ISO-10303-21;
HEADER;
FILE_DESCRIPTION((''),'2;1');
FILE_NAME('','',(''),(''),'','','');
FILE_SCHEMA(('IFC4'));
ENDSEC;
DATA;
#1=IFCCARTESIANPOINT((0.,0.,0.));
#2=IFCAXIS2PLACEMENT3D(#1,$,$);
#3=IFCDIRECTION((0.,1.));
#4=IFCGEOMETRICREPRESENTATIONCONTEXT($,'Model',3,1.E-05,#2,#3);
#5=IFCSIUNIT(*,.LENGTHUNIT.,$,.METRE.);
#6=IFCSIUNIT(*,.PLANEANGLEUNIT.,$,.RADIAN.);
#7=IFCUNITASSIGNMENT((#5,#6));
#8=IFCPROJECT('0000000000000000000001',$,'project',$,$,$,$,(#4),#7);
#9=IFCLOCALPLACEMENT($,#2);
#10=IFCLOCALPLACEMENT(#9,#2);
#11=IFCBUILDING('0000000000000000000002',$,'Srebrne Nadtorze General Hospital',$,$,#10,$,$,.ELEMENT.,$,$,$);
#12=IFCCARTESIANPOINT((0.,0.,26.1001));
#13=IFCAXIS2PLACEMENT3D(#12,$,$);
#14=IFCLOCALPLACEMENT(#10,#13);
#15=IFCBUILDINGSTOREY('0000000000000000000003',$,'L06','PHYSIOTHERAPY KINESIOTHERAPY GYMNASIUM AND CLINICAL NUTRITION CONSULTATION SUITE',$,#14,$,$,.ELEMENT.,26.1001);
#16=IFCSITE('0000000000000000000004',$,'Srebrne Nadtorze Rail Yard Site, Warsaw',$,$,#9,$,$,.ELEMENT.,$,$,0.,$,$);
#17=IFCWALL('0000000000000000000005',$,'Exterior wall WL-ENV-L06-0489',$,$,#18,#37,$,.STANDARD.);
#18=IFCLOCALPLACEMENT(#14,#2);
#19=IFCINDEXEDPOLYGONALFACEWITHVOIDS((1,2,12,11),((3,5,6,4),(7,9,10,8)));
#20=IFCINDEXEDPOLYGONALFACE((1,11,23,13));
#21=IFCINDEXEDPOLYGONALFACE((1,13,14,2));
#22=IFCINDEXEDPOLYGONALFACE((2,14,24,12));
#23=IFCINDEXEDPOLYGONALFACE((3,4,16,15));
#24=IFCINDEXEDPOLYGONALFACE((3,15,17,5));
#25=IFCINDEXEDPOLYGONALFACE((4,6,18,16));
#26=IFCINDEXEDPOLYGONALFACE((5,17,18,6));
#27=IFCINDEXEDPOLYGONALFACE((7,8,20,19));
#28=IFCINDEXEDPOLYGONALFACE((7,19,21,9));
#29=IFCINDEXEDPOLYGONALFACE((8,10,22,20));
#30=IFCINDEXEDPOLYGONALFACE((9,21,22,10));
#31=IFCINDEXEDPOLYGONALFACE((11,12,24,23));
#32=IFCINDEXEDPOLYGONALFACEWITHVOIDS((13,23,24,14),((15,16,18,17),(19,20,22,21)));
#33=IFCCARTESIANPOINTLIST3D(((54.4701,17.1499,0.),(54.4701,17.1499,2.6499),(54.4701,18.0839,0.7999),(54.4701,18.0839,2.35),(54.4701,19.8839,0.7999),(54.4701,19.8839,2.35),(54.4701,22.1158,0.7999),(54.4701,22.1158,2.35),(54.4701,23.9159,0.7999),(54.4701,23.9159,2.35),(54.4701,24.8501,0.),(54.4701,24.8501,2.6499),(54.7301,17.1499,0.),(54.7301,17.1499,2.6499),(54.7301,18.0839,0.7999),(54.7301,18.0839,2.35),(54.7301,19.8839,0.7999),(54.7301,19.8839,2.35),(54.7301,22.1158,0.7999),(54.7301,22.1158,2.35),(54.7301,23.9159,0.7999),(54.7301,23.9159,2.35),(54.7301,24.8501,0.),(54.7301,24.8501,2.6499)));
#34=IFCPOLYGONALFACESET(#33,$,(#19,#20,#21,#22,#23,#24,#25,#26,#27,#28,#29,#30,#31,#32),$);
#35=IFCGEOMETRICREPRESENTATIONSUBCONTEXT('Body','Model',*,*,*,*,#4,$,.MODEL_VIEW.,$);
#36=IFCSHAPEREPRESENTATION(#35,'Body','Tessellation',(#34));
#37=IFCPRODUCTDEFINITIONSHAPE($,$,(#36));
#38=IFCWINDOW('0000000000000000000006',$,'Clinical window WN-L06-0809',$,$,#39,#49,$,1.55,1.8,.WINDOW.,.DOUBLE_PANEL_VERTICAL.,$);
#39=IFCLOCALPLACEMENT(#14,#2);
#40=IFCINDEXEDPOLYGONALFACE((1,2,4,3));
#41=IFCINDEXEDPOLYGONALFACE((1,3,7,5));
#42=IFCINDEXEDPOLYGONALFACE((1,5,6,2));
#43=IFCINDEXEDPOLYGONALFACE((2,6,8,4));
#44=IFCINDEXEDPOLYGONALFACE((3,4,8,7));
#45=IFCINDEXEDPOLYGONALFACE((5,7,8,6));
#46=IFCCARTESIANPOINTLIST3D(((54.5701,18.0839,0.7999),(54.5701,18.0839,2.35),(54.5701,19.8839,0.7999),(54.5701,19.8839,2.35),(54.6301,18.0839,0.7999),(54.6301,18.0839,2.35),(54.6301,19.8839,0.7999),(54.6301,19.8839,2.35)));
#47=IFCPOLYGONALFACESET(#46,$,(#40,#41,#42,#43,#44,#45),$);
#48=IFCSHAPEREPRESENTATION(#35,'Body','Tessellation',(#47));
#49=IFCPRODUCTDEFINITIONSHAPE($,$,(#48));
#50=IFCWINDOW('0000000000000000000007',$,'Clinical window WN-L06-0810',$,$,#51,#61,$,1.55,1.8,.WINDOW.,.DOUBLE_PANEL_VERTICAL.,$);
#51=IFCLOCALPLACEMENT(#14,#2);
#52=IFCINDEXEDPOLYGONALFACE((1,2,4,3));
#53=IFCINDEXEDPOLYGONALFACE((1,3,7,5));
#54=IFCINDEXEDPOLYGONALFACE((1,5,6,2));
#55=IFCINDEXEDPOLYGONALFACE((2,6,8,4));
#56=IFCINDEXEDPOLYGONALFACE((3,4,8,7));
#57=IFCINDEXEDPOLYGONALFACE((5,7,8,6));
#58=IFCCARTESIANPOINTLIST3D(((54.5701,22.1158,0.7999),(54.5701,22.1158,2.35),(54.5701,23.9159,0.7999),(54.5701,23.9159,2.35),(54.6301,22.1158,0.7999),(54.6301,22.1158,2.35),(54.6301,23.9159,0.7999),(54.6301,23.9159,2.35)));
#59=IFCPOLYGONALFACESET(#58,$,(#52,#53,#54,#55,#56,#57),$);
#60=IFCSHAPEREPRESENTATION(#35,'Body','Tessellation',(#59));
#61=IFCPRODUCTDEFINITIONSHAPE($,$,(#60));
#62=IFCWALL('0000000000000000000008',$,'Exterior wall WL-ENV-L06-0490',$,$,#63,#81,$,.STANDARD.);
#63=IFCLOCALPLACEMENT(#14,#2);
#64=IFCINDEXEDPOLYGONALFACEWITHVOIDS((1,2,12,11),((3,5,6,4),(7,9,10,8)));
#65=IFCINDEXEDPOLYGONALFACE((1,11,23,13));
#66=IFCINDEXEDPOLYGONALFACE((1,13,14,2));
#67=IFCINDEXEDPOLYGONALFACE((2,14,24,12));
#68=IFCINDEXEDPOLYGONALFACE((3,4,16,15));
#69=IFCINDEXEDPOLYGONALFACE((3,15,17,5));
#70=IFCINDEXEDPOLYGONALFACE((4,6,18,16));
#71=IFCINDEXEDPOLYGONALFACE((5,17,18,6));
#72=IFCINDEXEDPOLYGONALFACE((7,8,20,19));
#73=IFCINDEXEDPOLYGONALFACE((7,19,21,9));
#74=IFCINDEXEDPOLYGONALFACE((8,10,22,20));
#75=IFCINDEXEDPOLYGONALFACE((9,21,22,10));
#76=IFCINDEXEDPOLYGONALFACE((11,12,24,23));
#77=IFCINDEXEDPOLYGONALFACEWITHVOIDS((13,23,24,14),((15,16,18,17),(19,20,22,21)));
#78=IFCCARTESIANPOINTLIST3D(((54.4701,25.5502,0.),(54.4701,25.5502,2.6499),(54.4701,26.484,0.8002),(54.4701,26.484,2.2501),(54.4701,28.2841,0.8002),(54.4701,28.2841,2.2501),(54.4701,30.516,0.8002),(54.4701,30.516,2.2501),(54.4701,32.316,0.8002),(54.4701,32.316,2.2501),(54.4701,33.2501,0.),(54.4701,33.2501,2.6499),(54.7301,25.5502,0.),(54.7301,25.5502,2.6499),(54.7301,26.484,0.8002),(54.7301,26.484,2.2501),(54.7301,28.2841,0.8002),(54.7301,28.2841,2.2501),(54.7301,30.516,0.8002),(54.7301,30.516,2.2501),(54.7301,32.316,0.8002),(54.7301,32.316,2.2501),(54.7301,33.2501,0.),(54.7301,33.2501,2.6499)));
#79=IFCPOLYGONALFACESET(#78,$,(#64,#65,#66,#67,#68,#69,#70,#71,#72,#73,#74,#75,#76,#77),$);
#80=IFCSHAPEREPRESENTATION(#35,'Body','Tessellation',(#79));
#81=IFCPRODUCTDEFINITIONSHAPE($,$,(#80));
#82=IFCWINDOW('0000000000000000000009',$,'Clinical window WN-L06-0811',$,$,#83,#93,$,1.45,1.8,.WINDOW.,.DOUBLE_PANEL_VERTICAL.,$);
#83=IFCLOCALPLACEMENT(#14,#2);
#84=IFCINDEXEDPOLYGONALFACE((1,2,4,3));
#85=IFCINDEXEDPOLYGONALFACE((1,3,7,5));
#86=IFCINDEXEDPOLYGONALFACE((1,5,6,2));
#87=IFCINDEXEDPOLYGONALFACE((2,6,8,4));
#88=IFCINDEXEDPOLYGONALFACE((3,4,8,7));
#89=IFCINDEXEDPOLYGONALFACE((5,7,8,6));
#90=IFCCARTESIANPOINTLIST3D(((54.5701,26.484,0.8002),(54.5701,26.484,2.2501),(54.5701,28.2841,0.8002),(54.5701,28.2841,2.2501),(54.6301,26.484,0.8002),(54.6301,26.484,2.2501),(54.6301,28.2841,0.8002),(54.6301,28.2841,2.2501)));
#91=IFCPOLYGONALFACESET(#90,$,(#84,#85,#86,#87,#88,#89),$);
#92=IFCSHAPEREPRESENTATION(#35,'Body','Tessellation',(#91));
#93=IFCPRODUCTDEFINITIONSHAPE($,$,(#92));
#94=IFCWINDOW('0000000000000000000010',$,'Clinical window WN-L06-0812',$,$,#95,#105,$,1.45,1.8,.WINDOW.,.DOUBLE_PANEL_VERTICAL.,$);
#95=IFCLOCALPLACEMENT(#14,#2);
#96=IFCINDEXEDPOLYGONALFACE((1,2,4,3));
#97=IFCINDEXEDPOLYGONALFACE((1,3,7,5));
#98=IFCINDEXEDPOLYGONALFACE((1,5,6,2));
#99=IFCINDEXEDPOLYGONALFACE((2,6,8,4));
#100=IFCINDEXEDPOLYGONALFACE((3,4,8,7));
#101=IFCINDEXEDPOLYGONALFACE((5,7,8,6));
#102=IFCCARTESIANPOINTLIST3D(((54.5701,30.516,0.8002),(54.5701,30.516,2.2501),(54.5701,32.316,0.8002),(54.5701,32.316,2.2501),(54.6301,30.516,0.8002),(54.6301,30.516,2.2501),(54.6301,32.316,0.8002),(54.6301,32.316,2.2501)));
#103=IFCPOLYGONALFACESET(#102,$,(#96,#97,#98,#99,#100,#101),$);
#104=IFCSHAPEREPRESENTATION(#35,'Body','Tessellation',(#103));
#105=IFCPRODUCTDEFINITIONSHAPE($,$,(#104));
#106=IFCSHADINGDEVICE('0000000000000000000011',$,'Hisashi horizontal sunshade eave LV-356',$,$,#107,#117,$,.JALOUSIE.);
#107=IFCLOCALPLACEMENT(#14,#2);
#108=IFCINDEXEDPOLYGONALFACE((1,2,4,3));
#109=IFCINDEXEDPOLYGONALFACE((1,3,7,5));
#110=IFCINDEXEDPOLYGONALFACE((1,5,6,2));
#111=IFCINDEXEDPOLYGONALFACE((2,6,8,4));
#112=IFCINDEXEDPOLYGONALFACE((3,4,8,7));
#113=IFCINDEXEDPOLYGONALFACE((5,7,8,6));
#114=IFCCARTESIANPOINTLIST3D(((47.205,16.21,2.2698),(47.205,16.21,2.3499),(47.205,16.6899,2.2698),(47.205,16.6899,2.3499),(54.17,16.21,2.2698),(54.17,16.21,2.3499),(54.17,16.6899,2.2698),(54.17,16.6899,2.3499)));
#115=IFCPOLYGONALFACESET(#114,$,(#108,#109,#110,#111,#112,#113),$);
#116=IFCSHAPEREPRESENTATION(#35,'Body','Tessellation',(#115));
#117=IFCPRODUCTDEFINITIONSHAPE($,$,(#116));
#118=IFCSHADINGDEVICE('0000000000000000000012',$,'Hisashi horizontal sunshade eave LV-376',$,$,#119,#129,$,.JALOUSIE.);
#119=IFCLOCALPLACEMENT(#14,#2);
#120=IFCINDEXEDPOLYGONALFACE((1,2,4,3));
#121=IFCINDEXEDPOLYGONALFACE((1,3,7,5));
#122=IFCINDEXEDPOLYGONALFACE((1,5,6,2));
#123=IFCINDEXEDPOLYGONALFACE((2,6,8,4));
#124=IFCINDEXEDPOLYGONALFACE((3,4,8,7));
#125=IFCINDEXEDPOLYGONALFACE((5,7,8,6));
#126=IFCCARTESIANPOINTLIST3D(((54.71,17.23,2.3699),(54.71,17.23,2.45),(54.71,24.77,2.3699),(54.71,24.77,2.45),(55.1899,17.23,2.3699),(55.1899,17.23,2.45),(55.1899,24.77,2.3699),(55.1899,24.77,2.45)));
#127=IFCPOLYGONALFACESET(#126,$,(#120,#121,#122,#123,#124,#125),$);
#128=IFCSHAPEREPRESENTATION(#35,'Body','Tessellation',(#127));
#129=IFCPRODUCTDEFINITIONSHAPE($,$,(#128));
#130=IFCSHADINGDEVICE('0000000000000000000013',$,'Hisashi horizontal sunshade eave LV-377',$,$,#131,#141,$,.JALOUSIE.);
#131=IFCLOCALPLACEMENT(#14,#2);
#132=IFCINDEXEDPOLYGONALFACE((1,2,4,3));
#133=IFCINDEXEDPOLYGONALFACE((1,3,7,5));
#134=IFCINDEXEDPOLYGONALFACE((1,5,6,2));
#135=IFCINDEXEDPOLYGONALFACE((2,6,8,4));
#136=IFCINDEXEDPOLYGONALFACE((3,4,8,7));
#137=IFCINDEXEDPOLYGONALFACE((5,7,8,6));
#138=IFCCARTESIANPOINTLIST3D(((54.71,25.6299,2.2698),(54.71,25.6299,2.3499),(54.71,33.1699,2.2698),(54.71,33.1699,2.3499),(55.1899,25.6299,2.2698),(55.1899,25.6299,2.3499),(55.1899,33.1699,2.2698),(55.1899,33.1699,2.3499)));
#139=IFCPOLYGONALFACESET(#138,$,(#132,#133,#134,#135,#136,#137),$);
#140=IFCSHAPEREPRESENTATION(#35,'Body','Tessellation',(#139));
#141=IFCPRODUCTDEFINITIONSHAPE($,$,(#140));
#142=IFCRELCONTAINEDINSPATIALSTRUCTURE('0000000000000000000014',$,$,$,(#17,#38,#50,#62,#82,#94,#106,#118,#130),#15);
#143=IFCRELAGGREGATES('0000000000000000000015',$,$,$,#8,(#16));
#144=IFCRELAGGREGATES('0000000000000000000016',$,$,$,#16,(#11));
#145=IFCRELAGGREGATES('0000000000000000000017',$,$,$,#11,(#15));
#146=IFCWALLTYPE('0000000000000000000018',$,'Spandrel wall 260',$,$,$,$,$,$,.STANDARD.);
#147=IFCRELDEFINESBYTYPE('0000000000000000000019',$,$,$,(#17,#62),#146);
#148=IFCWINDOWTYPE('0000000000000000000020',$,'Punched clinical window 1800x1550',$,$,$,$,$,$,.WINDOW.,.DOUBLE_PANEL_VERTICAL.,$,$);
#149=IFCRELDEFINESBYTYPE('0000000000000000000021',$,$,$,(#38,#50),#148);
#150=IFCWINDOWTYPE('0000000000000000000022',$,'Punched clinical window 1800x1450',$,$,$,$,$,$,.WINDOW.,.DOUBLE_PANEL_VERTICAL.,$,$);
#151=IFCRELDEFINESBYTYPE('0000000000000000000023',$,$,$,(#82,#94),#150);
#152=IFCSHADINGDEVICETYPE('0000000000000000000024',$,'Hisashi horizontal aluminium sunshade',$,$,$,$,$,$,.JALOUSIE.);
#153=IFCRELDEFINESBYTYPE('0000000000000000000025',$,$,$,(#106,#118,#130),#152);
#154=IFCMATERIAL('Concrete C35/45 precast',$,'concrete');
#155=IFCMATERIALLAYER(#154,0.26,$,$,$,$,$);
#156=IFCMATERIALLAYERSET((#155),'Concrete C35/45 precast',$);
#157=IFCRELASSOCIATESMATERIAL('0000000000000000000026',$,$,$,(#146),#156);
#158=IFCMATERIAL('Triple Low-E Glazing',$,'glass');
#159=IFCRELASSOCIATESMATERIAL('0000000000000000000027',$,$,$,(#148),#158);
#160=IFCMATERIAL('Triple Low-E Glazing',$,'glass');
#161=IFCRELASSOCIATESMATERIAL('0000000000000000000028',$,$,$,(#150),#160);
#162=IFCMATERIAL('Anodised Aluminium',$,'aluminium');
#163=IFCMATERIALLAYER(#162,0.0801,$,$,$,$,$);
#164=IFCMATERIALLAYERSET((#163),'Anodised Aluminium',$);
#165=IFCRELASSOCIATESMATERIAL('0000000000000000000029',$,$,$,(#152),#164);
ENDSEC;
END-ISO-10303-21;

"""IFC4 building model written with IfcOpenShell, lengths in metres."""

from ifc_helpers import new_model, si_unit, direction, frame, frame_2d, origin, origin_2d, place, context, subcontext, project, spatial, rectangle, extrude, material, layer, layer_set, type_object, element, fill, save


model = new_model("IFC4")

# Units and contexts
model_context = context("Model", 3, precision=1e-05, world=origin(), true_north=direction((0.0, 1.0)))
body_context = subcontext(model_context, "Body", "Model", "MODEL_VIEW")
ifc_project = project(units=[si_unit("LENGTHUNIT", "METRE"), si_unit("PLANEANGLEUNIT", "RADIAN")], contexts=[model_context])

# Site, building, storey
site_placement = place(None, origin())
site = spatial("IfcSite", under=ifc_project, at=site_placement, Name="Srebrne Nadtorze Rail Yard Site, Warsaw", CompositionType="ELEMENT", RefElevation=0.0)
building_placement = place(site_placement, origin())
building = spatial("IfcBuilding", under=site, at=building_placement, Name="Srebrne Nadtorze General Hospital", CompositionType="ELEMENT")
storey_placement = place(building_placement, frame((0.0, 0.0, 26.1001)))
storey = spatial("IfcBuildingStorey", under=building, at=storey_placement, Name="L06", Description="PHYSIOTHERAPY KINESIOTHERAPY GYMNASIUM AND CLINICAL NUTRITION CONSULTATION SUITE", CompositionType="ELEMENT", Elevation=26.1001)

# Walls, openings, windows
ifc_material_1 = material(Name="Concrete C35/45 precast", Category="concrete")
ifc_layer_1 = layer(ifc_material_1, 0.26)
ifc_layer_set_1 = layer_set([ifc_layer_1], Name="Concrete C35/45 precast")
wall_type_1 = type_object("IfcWallType", Name="Spandrel wall 260", PredefinedType="STANDARD", material=ifc_layer_set_1)
wall_1_placement = place(storey_placement, frame((54.6001, 17.1499, 0.0), z_axis=(0.0, 0.0, 1.0), x_axis=(0.0, 1.0, 0.0)))
wall_1 = element("IfcWall", 1, at=wall_1_placement, inside=storey, type_object=wall_type_1, Name="Exterior wall WL-ENV-L06-0489", PredefinedType="STANDARD", context=body_context, shape_type="SweptSolid", body=[
    extrude(rectangle(XDim=7.7002, YDim=0.26, at=frame_2d((3.8501, 0.0))), origin(), (0.0, 0.0, 1.0), 2.6499),
])
opening_1_placement = place(wall_1_placement, frame((0.9341, 0.0, 0.8)))
opening_1 = element("IfcOpeningElement", 2, at=opening_1_placement, cuts=wall_1, PredefinedType="OPENING", context=body_context, shape_type="SweptSolid", body=[
    extrude(rectangle(XDim=1.8, YDim=1.55, at=frame_2d((0.8999, 0.7749))), frame((0.0, 0.1421, 0.0), z_axis=(0.0, -1.0, 0.0), x_axis=(1.0, 0.0, 0.0)), (0.0, 0.0, 1.0), 0.2839),
])
opening_2_placement = place(wall_1_placement, frame((4.9661, 0.0, 0.8)))
opening_2 = element("IfcOpeningElement", 3, at=opening_2_placement, cuts=wall_1, PredefinedType="OPENING", context=body_context, shape_type="SweptSolid", body=[
    extrude(rectangle(XDim=1.8, YDim=1.55, at=frame_2d((0.8999, 0.7749))), frame((0.0, 0.1421, 0.0), z_axis=(0.0, -1.0, 0.0), x_axis=(1.0, 0.0, 0.0)), (0.0, 0.0, 1.0), 0.2839),
])
ifc_material_2 = material(Name="Triple Low-E Glazing", Category="glass")
window_type_1 = type_object("IfcWindowType", Name="Punched clinical window 1800x1550", PartitioningType="DOUBLE_PANEL_VERTICAL", PredefinedType="WINDOW", material=ifc_material_2)
window_1_placement = place(opening_1_placement, origin())
window_1 = element("IfcWindow", 4, at=window_1_placement, inside=storey, type_object=window_type_1, Name="Clinical window WN-L06-0809", OverallHeight=1.55, OverallWidth=1.8, PartitioningType="DOUBLE_PANEL_VERTICAL", PredefinedType="WINDOW", context=body_context, shape_type="SweptSolid", body=[
    extrude(rectangle(XDim=1.8, YDim=1.55, at=frame_2d((0.8999, 0.7749))), frame((0.0, 0.03, 0.0), z_axis=(0.0, -1.0, 0.0), x_axis=(1.0, 0.0, 0.0)), (0.0, 0.0, 1.0), 0.0601),
])
fill(opening_1, window_1)
window_2_placement = place(opening_2_placement, origin())
window_2 = element("IfcWindow", 5, at=window_2_placement, inside=storey, type_object=window_type_1, Name="Clinical window WN-L06-0810", OverallHeight=1.55, OverallWidth=1.8, PartitioningType="DOUBLE_PANEL_VERTICAL", PredefinedType="WINDOW", context=body_context, shape_type="SweptSolid", body=[
    extrude(rectangle(XDim=1.8, YDim=1.55, at=frame_2d((0.8999, 0.7749))), frame((0.0, 0.03, 0.0), z_axis=(0.0, -1.0, 0.0), x_axis=(1.0, 0.0, 0.0)), (0.0, 0.0, 1.0), 0.0601),
])
fill(opening_2, window_2)
wall_2_placement = place(storey_placement, frame((54.6001, 25.55, 0.0), z_axis=(0.0, 0.0, 1.0), x_axis=(0.0, 1.0, 0.0)))
wall_2 = element("IfcWall", 6, at=wall_2_placement, inside=storey, type_object=wall_type_1, Name="Exterior wall WL-ENV-L06-0490", PredefinedType="STANDARD", context=body_context, shape_type="SweptSolid", body=[
    extrude(rectangle(XDim=7.7, YDim=0.26, at=frame_2d((3.8501, 0.0))), origin(), (0.0, 0.0, 1.0), 2.6499),
])
opening_3_placement = place(wall_2_placement, frame((0.9341, 0.0, 0.8)))
opening_3 = element("IfcOpeningElement", 7, at=opening_3_placement, cuts=wall_2, PredefinedType="OPENING", context=body_context, shape_type="SweptSolid", body=[
    extrude(rectangle(XDim=1.8, YDim=1.45, at=frame_2d((0.8999, 0.7251))), frame((0.0, 0.1421, 0.0), z_axis=(0.0, -1.0, 0.0), x_axis=(1.0, 0.0, 0.0)), (0.0, 0.0, 1.0), 0.2839),
])
opening_4_placement = place(wall_2_placement, frame((4.9661, 0.0, 0.8)))
opening_4 = element("IfcOpeningElement", 8, at=opening_4_placement, cuts=wall_2, PredefinedType="OPENING", context=body_context, shape_type="SweptSolid", body=[
    extrude(rectangle(XDim=1.8, YDim=1.45, at=frame_2d((0.8999, 0.7251))), frame((0.0, 0.1421, 0.0), z_axis=(0.0, -1.0, 0.0), x_axis=(1.0, 0.0, 0.0)), (0.0, 0.0, 1.0), 0.2839),
])
ifc_material_3 = material(Name="Triple Low-E Glazing", Category="glass")
window_type_2 = type_object("IfcWindowType", Name="Punched clinical window 1800x1450", PartitioningType="DOUBLE_PANEL_VERTICAL", PredefinedType="WINDOW", material=ifc_material_3)
window_3_placement = place(opening_3_placement, origin())
window_3 = element("IfcWindow", 9, at=window_3_placement, inside=storey, type_object=window_type_2, Name="Clinical window WN-L06-0811", OverallHeight=1.45, OverallWidth=1.8, PartitioningType="DOUBLE_PANEL_VERTICAL", PredefinedType="WINDOW", context=body_context, shape_type="SweptSolid", body=[
    extrude(rectangle(XDim=1.8, YDim=1.45, at=frame_2d((0.8999, 0.7251))), frame((0.0, 0.03, 0.0), z_axis=(0.0, -1.0, 0.0), x_axis=(1.0, 0.0, 0.0)), (0.0, 0.0, 1.0), 0.0601),
])
fill(opening_3, window_3)
window_4_placement = place(opening_4_placement, origin())
window_4 = element("IfcWindow", 10, at=window_4_placement, inside=storey, type_object=window_type_2, Name="Clinical window WN-L06-0812", OverallHeight=1.45, OverallWidth=1.8, PartitioningType="DOUBLE_PANEL_VERTICAL", PredefinedType="WINDOW", context=body_context, shape_type="SweptSolid", body=[
    extrude(rectangle(XDim=1.8, YDim=1.45, at=frame_2d((0.8999, 0.7251))), frame((0.0, 0.03, 0.0), z_axis=(0.0, -1.0, 0.0), x_axis=(1.0, 0.0, 0.0)), (0.0, 0.0, 1.0), 0.0601),
])
fill(opening_4, window_4)

# Shading devices
ifc_material_4 = material(Name="Anodised Aluminium", Category="aluminium")
ifc_layer_2 = layer(ifc_material_4, 0.0801)
ifc_layer_set_2 = layer_set([ifc_layer_2], Name="Anodised Aluminium")
shading_device_type = type_object("IfcShadingDeviceType", Name="Hisashi horizontal aluminium sunshade", PredefinedType="JALOUSIE", material=ifc_layer_set_2)
shading_device_placement = place(storey_placement, frame((50.6875, 16.45, 2.2698), z_axis=(0.0, 0.0, 1.0), x_axis=(1.0, 0.0, 0.0)))
element("IfcShadingDevice", 11, at=shading_device_placement, inside=storey, type_object=shading_device_type, Name="Hisashi horizontal sunshade eave LV-356", PredefinedType="JALOUSIE", context=body_context, shape_type="SweptSolid", body=[
    extrude(rectangle(XDim=6.9651, YDim=0.48, at=origin_2d()), origin(), (0.0, 0.0, 1.0), 0.0801),
])
for number, where, z_axis, x_axis, name in (
    (12, (54.95, 21.0, 2.3699), (0.0, 0.0, 1.0), (1.0, 0.0, 0.0), "Hisashi horizontal sunshade eave LV-376"),
    (13, (54.95, 29.3999, 2.2698), (0.0, 0.0, 1.0), (1.0, 0.0, 0.0), "Hisashi horizontal sunshade eave LV-377"),
):
    element("IfcShadingDevice", number, at=place(storey_placement, frame(where, z_axis=z_axis, x_axis=x_axis)), inside=storey, type_object=shading_device_type, Name=name, PredefinedType="JALOUSIE", context=body_context, shape_type="SweptSolid", body=[
        extrude(rectangle(XDim=0.48, YDim=7.54, at=origin_2d()), origin(), (0.0, 0.0, 1.0), 0.0801),
    ])

save(model, "model.ifc")
